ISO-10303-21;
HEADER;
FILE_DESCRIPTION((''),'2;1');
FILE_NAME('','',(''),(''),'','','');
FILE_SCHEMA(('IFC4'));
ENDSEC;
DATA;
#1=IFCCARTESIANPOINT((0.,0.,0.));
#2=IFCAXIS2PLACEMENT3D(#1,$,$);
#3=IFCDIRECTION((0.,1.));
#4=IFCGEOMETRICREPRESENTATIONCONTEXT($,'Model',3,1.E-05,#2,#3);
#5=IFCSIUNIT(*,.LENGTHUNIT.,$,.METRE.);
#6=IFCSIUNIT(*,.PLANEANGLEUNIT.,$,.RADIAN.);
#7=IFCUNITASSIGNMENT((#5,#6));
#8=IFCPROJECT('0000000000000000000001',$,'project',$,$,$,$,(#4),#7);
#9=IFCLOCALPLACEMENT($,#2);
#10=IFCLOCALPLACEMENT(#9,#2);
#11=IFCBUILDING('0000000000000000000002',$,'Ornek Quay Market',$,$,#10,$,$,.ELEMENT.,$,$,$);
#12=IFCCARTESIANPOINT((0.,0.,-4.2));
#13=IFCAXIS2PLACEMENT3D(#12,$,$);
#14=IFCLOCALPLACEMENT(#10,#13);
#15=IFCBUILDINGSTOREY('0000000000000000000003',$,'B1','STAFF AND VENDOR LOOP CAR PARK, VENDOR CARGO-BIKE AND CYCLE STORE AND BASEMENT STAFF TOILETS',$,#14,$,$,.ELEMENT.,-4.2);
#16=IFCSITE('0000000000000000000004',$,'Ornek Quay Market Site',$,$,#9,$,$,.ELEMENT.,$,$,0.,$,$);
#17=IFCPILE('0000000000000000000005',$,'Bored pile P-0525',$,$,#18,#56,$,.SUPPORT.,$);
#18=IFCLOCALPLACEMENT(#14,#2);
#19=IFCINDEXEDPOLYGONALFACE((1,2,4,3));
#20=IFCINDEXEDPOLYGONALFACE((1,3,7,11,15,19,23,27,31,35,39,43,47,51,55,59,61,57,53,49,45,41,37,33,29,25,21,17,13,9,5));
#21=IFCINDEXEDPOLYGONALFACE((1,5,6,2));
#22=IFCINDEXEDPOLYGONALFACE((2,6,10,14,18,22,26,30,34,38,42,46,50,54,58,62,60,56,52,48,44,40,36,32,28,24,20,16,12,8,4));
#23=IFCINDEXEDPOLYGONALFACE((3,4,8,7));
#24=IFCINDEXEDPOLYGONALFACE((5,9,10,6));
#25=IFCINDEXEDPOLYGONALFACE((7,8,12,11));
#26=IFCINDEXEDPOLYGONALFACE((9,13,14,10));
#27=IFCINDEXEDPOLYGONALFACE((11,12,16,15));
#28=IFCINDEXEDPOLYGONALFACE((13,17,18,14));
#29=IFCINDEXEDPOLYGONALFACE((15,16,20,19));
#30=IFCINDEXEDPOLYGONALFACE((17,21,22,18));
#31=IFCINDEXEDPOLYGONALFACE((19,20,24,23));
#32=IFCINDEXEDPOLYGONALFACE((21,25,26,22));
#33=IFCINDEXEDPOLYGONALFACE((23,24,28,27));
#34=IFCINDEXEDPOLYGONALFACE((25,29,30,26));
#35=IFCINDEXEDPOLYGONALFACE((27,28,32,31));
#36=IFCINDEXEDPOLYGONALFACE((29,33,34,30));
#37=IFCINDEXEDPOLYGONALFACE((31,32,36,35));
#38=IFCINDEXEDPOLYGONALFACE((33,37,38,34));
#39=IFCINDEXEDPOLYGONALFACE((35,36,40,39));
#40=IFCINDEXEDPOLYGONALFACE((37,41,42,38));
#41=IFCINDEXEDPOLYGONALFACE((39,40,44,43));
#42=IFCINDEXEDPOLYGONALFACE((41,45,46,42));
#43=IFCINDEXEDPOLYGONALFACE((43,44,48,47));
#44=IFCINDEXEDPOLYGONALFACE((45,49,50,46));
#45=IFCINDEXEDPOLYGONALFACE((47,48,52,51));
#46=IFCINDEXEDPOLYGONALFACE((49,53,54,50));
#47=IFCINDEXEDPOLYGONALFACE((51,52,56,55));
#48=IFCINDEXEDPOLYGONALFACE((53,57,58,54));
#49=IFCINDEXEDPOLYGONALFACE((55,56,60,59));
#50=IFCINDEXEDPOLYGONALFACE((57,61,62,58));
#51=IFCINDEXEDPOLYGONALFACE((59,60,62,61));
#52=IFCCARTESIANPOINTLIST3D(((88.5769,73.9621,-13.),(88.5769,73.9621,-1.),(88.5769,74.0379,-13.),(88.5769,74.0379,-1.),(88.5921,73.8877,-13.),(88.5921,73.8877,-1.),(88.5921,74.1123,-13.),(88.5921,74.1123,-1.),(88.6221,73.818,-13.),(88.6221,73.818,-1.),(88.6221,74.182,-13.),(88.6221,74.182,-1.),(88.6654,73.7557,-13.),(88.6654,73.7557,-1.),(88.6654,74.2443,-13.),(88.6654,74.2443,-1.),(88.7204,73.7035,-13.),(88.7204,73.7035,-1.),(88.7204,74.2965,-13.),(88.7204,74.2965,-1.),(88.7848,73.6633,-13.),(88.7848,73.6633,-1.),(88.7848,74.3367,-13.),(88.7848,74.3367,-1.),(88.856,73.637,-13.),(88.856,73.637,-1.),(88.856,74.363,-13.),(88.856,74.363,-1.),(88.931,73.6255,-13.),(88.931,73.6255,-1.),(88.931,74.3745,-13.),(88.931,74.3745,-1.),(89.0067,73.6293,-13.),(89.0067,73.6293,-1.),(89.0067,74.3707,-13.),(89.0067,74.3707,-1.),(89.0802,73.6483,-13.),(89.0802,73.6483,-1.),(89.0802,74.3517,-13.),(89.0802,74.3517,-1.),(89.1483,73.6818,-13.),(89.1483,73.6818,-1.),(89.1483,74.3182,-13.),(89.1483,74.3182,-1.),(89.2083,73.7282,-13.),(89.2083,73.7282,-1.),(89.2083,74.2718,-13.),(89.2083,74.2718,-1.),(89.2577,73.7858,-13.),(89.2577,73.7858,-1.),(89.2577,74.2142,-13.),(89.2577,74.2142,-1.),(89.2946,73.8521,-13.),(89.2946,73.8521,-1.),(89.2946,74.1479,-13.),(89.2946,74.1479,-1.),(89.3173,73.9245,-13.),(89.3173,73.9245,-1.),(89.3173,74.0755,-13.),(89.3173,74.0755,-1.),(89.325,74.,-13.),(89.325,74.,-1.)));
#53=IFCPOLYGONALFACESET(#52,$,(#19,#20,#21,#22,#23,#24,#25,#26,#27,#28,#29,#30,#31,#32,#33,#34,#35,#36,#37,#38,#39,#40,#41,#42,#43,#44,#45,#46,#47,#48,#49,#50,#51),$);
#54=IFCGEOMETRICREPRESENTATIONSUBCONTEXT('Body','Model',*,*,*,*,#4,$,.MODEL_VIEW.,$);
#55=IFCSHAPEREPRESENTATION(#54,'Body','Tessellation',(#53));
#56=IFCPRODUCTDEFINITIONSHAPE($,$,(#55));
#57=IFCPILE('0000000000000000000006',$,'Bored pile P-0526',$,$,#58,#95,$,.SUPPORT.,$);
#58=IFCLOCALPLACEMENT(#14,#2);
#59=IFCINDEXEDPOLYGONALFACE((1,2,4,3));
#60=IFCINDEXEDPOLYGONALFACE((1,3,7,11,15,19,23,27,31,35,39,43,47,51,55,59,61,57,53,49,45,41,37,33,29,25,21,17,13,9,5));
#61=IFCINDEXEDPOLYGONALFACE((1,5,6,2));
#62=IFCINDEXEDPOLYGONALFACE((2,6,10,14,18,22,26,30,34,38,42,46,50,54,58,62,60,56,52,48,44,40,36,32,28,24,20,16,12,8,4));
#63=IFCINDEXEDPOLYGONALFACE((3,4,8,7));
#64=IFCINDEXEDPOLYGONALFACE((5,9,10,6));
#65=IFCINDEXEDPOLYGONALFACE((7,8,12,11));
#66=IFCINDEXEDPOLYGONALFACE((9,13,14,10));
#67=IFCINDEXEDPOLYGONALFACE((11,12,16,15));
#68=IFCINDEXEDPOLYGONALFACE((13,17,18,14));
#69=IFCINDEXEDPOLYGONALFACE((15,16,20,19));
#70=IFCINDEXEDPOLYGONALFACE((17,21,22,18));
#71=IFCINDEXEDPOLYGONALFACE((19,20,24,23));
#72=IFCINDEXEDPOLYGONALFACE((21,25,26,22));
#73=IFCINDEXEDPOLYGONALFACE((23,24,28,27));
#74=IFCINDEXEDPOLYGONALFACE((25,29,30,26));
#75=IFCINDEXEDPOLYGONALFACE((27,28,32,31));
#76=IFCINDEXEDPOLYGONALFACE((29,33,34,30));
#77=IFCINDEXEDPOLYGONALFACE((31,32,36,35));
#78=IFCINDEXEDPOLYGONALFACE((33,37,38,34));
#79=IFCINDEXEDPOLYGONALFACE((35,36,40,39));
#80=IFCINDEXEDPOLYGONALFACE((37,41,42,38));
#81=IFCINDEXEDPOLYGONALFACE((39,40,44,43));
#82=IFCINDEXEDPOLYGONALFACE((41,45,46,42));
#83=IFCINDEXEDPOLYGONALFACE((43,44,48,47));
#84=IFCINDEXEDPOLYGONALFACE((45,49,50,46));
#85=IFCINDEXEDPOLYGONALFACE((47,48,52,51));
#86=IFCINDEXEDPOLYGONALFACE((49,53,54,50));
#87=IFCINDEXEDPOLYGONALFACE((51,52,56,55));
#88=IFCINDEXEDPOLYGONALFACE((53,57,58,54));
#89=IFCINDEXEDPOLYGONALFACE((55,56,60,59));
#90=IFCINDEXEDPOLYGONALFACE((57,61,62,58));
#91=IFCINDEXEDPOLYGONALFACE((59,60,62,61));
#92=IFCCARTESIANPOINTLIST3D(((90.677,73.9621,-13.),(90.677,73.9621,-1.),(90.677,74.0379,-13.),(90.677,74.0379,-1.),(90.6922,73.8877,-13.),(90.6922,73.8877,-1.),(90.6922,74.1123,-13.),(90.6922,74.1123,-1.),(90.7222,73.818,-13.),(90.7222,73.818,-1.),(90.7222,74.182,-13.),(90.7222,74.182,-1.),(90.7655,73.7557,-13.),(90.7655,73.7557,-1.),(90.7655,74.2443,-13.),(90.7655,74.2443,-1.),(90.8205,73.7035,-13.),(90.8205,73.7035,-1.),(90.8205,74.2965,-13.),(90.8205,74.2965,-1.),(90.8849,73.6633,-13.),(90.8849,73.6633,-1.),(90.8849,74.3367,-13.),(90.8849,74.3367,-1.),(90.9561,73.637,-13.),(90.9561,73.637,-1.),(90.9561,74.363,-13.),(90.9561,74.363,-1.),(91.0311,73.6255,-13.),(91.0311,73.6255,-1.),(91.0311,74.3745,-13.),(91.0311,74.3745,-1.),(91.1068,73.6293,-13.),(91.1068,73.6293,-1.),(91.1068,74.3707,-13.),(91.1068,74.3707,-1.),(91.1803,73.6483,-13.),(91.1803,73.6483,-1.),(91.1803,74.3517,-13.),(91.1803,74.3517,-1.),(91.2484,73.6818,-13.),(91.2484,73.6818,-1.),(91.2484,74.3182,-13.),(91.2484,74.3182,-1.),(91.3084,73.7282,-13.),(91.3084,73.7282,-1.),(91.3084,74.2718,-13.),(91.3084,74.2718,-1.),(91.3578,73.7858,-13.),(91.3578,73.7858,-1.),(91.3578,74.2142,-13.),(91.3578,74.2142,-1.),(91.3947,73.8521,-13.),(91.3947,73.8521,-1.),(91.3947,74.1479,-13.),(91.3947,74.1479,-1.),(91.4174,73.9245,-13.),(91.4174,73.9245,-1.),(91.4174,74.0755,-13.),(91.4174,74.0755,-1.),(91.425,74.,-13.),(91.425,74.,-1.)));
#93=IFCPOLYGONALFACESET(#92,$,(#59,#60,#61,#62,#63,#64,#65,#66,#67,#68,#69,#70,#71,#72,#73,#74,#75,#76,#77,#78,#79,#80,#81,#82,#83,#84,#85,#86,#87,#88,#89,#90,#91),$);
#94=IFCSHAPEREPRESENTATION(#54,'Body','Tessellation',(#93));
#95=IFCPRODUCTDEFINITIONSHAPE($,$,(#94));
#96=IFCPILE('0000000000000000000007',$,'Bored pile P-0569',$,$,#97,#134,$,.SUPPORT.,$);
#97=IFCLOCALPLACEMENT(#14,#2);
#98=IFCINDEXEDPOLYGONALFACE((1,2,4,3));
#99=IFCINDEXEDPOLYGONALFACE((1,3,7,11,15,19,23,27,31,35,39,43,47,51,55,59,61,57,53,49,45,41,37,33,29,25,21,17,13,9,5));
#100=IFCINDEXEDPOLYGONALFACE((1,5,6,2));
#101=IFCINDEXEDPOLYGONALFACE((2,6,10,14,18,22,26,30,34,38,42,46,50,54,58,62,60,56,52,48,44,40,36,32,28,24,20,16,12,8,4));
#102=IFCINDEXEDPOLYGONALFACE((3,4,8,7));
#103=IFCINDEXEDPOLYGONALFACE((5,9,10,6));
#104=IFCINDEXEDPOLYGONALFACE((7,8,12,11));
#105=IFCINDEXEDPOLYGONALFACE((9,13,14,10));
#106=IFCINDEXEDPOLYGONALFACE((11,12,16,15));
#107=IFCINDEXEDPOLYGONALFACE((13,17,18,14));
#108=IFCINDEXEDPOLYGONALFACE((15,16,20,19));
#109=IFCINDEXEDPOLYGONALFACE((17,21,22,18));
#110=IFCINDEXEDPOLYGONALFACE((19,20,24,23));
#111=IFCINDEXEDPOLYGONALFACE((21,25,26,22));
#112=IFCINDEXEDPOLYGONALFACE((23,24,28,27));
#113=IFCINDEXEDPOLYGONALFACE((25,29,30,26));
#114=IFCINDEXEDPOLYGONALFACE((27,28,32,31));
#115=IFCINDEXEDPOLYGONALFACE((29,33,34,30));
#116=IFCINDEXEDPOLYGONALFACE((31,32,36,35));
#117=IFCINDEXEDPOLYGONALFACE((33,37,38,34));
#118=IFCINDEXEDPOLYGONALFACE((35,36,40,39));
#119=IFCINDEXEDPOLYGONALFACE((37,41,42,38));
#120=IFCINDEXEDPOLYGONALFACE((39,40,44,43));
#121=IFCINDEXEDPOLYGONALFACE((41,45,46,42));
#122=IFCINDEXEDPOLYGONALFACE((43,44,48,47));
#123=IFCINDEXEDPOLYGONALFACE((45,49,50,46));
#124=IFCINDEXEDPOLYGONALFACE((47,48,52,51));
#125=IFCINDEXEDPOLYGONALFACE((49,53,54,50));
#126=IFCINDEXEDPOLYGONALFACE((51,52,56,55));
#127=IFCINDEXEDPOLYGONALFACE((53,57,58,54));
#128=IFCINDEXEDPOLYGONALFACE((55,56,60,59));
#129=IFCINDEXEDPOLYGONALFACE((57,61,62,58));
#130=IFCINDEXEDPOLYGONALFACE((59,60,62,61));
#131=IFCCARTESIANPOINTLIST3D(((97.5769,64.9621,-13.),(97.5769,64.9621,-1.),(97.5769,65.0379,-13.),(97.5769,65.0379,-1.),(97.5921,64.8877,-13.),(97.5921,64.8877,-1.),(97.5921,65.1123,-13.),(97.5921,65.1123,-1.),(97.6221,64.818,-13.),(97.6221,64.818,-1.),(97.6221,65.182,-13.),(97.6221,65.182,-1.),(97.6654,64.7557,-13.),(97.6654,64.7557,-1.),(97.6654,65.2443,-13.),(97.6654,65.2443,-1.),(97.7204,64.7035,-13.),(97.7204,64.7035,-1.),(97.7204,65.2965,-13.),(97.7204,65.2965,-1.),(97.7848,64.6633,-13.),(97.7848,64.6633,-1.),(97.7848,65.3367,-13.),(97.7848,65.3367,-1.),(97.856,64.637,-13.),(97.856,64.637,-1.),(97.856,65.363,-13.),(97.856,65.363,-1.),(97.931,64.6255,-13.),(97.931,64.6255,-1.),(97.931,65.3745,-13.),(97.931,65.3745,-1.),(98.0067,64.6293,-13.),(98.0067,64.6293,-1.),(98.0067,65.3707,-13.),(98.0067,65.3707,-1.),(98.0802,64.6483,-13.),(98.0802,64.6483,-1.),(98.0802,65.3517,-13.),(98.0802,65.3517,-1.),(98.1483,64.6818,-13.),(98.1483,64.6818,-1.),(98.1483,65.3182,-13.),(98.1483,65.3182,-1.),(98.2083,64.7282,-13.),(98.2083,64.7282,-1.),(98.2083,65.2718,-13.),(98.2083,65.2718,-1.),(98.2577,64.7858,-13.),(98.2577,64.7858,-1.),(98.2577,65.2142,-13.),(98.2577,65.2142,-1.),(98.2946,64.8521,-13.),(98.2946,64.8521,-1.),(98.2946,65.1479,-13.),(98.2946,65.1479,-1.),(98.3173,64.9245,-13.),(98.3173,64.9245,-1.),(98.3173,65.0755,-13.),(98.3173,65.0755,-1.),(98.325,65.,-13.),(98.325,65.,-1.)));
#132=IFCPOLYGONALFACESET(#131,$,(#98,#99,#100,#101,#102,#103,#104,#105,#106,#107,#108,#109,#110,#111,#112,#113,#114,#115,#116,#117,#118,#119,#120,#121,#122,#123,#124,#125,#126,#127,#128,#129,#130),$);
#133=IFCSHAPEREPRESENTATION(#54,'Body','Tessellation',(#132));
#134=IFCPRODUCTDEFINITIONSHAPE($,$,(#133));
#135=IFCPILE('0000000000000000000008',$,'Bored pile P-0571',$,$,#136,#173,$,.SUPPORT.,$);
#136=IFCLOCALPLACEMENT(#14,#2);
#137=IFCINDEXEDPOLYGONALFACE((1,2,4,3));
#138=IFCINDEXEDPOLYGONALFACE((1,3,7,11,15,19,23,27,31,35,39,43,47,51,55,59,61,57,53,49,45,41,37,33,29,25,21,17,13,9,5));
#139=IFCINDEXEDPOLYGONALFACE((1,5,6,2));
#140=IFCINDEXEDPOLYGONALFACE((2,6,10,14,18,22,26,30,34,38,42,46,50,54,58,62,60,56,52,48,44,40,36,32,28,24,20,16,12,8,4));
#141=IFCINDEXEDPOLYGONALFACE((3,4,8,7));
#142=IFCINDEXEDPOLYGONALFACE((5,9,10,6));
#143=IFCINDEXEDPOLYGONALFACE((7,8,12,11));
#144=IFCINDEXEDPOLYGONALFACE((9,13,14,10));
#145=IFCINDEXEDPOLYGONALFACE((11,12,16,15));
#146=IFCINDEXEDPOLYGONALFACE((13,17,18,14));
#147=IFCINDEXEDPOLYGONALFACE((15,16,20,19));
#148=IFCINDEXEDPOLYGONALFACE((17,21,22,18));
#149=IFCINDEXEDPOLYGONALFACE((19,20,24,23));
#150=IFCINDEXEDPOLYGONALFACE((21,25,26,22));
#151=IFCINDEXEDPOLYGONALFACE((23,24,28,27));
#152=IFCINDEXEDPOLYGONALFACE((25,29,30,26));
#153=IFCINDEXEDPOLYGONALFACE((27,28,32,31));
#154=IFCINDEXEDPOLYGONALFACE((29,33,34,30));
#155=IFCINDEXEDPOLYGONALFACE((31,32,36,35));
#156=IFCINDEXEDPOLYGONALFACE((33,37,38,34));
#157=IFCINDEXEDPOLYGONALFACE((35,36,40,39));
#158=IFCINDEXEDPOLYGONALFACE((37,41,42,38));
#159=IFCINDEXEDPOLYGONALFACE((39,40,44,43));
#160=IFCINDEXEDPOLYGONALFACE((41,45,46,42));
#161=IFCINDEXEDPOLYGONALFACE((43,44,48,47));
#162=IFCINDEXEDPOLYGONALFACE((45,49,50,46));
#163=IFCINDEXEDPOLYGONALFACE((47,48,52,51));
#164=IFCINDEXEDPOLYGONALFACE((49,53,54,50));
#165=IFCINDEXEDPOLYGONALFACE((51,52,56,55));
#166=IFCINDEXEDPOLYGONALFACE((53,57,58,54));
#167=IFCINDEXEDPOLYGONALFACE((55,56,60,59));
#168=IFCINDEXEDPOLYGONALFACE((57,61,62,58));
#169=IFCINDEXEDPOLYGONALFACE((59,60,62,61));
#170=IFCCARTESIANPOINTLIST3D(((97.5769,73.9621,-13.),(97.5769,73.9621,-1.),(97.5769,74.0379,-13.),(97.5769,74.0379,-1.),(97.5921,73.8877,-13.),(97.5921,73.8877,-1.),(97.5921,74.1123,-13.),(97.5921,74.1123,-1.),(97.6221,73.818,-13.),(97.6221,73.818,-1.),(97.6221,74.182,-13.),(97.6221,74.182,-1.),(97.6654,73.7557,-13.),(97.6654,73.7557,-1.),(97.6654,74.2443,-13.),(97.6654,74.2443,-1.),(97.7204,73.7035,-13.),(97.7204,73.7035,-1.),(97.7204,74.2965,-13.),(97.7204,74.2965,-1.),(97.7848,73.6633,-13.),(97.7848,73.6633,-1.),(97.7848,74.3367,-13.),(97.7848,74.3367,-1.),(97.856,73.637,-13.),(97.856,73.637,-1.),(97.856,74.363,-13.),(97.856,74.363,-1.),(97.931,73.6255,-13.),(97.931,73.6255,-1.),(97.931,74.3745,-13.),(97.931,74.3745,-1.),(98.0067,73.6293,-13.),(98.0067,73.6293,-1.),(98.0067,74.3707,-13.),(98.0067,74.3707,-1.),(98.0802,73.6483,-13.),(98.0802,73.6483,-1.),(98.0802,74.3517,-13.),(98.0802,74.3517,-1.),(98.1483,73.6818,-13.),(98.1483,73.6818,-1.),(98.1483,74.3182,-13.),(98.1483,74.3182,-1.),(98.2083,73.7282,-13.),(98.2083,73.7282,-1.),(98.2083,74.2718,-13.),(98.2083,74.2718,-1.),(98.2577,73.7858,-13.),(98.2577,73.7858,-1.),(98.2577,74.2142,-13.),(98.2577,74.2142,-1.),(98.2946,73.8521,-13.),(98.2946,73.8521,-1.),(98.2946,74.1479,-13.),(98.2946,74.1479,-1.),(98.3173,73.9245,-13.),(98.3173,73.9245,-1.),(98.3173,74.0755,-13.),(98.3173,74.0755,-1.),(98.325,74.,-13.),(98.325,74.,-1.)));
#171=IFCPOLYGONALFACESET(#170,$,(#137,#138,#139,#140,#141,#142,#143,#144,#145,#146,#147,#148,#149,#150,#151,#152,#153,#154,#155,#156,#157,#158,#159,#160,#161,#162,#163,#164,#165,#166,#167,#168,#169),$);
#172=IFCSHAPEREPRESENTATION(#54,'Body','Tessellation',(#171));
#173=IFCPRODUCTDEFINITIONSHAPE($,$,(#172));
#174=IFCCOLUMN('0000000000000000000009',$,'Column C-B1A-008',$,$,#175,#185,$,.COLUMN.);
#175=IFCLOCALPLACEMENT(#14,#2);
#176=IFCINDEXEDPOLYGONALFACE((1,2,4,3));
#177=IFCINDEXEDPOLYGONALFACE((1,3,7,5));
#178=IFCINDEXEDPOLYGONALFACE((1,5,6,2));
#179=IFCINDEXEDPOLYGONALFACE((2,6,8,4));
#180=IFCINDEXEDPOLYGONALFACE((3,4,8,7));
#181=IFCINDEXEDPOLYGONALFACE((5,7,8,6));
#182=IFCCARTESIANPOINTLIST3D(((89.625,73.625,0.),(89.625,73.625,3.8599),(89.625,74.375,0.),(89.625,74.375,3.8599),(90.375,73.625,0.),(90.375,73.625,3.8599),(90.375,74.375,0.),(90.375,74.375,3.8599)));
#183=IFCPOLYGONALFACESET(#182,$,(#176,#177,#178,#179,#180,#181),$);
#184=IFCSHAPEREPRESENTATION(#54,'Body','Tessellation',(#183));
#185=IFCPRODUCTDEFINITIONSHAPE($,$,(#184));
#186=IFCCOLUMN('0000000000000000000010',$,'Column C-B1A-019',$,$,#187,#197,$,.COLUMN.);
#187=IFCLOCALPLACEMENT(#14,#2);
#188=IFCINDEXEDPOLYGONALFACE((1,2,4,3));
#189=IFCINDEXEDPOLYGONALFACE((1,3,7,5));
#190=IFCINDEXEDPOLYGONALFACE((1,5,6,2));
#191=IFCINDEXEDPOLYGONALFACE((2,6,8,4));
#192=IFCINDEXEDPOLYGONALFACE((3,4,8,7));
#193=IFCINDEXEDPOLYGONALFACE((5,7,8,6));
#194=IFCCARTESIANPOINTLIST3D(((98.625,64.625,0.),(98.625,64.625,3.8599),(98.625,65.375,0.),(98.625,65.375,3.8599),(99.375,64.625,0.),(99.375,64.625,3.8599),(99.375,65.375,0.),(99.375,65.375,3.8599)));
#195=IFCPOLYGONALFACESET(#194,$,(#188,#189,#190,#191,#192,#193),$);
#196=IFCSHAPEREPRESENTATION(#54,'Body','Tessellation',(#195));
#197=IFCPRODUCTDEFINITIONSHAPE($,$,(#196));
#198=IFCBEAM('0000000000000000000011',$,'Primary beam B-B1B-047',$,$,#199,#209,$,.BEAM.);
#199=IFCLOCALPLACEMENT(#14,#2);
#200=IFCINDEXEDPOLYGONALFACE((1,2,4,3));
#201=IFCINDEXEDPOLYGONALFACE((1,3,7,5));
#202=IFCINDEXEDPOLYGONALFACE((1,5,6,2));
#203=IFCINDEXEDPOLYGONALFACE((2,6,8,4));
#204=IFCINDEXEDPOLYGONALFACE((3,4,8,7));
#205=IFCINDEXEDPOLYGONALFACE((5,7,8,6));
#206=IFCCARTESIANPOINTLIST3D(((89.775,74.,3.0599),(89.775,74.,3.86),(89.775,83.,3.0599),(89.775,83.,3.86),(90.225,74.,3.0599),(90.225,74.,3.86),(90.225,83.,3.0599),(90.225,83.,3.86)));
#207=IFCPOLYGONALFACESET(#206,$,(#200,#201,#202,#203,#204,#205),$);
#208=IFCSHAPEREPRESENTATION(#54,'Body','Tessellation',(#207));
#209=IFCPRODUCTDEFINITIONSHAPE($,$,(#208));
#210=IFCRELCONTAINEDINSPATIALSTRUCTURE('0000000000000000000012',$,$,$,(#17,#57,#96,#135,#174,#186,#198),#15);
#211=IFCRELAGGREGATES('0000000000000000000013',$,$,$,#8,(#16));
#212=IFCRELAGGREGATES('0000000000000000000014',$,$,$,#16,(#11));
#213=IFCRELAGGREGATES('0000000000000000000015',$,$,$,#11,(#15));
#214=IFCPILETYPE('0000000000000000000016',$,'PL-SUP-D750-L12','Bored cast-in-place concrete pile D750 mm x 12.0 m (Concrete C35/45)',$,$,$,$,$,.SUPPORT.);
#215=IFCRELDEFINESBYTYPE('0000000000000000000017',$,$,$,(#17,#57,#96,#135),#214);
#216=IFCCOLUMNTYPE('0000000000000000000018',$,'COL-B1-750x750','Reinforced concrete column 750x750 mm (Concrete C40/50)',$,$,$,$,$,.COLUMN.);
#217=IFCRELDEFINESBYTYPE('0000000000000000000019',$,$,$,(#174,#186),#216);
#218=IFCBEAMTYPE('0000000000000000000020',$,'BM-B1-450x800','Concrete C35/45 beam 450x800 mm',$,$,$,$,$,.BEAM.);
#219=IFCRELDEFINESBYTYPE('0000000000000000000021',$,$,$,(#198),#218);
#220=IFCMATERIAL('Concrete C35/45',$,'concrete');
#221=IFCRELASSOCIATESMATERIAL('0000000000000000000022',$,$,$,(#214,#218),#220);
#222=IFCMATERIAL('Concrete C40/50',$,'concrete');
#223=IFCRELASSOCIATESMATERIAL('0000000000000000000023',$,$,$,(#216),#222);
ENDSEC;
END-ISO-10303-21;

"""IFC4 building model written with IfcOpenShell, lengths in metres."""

from ifc_helpers import new_model, si_unit, direction, frame, origin, origin_2d, place, context, subcontext, project, spatial, rectangle, circle, extrude, material, material_profile, profile_set, type_object, element, save


model = new_model("IFC4")

# Units and contexts
model_context = context("Model", 3, precision=1e-05, world=origin(), true_north=direction((0.0, 1.0)))
body_context = subcontext(model_context, "Body", "Model", "MODEL_VIEW")
ifc_project = project(units=[si_unit("LENGTHUNIT", "METRE"), si_unit("PLANEANGLEUNIT", "RADIAN")], contexts=[model_context])

# Site, building, storey
site_placement = place(None, origin())
site = spatial("IfcSite", under=ifc_project, at=site_placement, Name="Ornek Quay Market Site", CompositionType="ELEMENT", RefElevation=0.0)
building_placement = place(site_placement, origin())
building = spatial("IfcBuilding", under=site, at=building_placement, Name="Ornek Quay Market", CompositionType="ELEMENT")
storey_placement = place(building_placement, frame((0.0, 0.0, -4.2)))
storey = spatial("IfcBuildingStorey", under=building, at=storey_placement, Name="B1", Description="STAFF AND VENDOR LOOP CAR PARK, VENDOR CARGO-BIKE AND CYCLE STORE AND BASEMENT STAFF TOILETS", CompositionType="ELEMENT", Elevation=-4.2)

# Piles
ifc_material_1 = material(Name="Concrete C35/45", Category="concrete")
ifc_material_profile_1 = material_profile(ifc_material_1, circle(Radius=0.375, at=origin_2d()), Name="PILE D750", Category="concrete")
ifc_profile_set_1 = profile_set([ifc_material_profile_1], Name="Concrete C35/45")
pile_type = type_object("IfcPileType", Name="PL-SUP-D750-L12", Description="Bored cast-in-place concrete pile D750 mm x 12.0 m (Concrete C35/45)", PredefinedType="SUPPORT", material=ifc_profile_set_1)
for number, where, z_axis, x_axis, name in (
    (1, (88.95, 74.0, -1.0), (0.0, 0.0, -1.0), (1.0, 0.0, 0.0), "Bored pile P-0525"),
    (2, (91.05, 74.0, -1.0), (0.0, 0.0, -1.0), (1.0, 0.0, 0.0), "Bored pile P-0526"),
    (3, (97.95, 65.0, -1.0), (0.0, 0.0, -1.0), (1.0, 0.0, 0.0), "Bored pile P-0569"),
    (4, (97.95, 74.0, -1.0), (0.0, 0.0, -1.0), (1.0, 0.0, 0.0), "Bored pile P-0571"),
):
    element("IfcPile", number, at=place(storey_placement, frame(where, z_axis=z_axis, x_axis=x_axis)), inside=storey, type_object=pile_type, Name=name, PredefinedType="SUPPORT", context=body_context, shape_type="SweptSolid", body=[
        extrude(circle(Radius=0.375, at=origin_2d()), origin(), (0.0, 0.0, 1.0), 12.0),
    ])

# Columns
ifc_material_2 = material(Name="Concrete C40/50", Category="concrete")
ifc_material_profile_2 = material_profile(ifc_material_2, rectangle(XDim=0.75, YDim=0.75, at=origin_2d()), Name="RC 750x750", Category="concrete")
ifc_profile_set_2 = profile_set([ifc_material_profile_2], Name="Concrete C40/50")
column_type = type_object("IfcColumnType", Name="COL-B1-750x750", Description="Reinforced concrete column 750x750 mm (Concrete C40/50)", PredefinedType="COLUMN", material=ifc_profile_set_2)
for number, where, z_axis, x_axis, name in (
    (5, (90.0, 74.0, 0.0), (0.0, 0.0, 1.0), (1.0, 0.0, 0.0), "Column C-B1A-008"),
    (6, (99.0, 65.0, 0.0), (0.0, 0.0, 1.0), (1.0, 0.0, 0.0), "Column C-B1A-019"),
):
    element("IfcColumn", number, at=place(storey_placement, frame(where, z_axis=z_axis, x_axis=x_axis)), inside=storey, type_object=column_type, Name=name, PredefinedType="COLUMN", context=body_context, shape_type="SweptSolid", body=[
        extrude(rectangle(XDim=0.75, YDim=0.75, at=origin_2d()), origin(), (0.0, 0.0, 1.0), 3.8599),
    ])

# Beam
ifc_material_profile_3 = material_profile(ifc_material_1, rectangle(XDim=0.45, YDim=0.8, at=origin_2d()), Name="RC 450x800", Category="concrete")
ifc_profile_set_3 = profile_set([ifc_material_profile_3], Name="Concrete C35/45")
beam_type_1 = type_object("IfcBeamType", Name="BM-B1-450x800", Description="Concrete C35/45 beam 450x800 mm", PredefinedType="BEAM", material=ifc_profile_set_3)
beam_1_placement = place(storey_placement, frame((90.0, 74.0, 3.46), z_axis=(0.0, 1.0, 0.0), x_axis=(-1.0, 0.0, 0.0)))
element("IfcBeam", 7, at=beam_1_placement, inside=storey, type_object=beam_type_1, Name="Primary beam B-B1B-047", PredefinedType="BEAM", context=body_context, shape_type="SweptSolid", body=[
    extrude(rectangle(XDim=0.45, YDim=0.8, at=origin_2d()), origin(), (0.0, 0.0, 1.0), 9.0),
])

save(model, "model.ifc")
